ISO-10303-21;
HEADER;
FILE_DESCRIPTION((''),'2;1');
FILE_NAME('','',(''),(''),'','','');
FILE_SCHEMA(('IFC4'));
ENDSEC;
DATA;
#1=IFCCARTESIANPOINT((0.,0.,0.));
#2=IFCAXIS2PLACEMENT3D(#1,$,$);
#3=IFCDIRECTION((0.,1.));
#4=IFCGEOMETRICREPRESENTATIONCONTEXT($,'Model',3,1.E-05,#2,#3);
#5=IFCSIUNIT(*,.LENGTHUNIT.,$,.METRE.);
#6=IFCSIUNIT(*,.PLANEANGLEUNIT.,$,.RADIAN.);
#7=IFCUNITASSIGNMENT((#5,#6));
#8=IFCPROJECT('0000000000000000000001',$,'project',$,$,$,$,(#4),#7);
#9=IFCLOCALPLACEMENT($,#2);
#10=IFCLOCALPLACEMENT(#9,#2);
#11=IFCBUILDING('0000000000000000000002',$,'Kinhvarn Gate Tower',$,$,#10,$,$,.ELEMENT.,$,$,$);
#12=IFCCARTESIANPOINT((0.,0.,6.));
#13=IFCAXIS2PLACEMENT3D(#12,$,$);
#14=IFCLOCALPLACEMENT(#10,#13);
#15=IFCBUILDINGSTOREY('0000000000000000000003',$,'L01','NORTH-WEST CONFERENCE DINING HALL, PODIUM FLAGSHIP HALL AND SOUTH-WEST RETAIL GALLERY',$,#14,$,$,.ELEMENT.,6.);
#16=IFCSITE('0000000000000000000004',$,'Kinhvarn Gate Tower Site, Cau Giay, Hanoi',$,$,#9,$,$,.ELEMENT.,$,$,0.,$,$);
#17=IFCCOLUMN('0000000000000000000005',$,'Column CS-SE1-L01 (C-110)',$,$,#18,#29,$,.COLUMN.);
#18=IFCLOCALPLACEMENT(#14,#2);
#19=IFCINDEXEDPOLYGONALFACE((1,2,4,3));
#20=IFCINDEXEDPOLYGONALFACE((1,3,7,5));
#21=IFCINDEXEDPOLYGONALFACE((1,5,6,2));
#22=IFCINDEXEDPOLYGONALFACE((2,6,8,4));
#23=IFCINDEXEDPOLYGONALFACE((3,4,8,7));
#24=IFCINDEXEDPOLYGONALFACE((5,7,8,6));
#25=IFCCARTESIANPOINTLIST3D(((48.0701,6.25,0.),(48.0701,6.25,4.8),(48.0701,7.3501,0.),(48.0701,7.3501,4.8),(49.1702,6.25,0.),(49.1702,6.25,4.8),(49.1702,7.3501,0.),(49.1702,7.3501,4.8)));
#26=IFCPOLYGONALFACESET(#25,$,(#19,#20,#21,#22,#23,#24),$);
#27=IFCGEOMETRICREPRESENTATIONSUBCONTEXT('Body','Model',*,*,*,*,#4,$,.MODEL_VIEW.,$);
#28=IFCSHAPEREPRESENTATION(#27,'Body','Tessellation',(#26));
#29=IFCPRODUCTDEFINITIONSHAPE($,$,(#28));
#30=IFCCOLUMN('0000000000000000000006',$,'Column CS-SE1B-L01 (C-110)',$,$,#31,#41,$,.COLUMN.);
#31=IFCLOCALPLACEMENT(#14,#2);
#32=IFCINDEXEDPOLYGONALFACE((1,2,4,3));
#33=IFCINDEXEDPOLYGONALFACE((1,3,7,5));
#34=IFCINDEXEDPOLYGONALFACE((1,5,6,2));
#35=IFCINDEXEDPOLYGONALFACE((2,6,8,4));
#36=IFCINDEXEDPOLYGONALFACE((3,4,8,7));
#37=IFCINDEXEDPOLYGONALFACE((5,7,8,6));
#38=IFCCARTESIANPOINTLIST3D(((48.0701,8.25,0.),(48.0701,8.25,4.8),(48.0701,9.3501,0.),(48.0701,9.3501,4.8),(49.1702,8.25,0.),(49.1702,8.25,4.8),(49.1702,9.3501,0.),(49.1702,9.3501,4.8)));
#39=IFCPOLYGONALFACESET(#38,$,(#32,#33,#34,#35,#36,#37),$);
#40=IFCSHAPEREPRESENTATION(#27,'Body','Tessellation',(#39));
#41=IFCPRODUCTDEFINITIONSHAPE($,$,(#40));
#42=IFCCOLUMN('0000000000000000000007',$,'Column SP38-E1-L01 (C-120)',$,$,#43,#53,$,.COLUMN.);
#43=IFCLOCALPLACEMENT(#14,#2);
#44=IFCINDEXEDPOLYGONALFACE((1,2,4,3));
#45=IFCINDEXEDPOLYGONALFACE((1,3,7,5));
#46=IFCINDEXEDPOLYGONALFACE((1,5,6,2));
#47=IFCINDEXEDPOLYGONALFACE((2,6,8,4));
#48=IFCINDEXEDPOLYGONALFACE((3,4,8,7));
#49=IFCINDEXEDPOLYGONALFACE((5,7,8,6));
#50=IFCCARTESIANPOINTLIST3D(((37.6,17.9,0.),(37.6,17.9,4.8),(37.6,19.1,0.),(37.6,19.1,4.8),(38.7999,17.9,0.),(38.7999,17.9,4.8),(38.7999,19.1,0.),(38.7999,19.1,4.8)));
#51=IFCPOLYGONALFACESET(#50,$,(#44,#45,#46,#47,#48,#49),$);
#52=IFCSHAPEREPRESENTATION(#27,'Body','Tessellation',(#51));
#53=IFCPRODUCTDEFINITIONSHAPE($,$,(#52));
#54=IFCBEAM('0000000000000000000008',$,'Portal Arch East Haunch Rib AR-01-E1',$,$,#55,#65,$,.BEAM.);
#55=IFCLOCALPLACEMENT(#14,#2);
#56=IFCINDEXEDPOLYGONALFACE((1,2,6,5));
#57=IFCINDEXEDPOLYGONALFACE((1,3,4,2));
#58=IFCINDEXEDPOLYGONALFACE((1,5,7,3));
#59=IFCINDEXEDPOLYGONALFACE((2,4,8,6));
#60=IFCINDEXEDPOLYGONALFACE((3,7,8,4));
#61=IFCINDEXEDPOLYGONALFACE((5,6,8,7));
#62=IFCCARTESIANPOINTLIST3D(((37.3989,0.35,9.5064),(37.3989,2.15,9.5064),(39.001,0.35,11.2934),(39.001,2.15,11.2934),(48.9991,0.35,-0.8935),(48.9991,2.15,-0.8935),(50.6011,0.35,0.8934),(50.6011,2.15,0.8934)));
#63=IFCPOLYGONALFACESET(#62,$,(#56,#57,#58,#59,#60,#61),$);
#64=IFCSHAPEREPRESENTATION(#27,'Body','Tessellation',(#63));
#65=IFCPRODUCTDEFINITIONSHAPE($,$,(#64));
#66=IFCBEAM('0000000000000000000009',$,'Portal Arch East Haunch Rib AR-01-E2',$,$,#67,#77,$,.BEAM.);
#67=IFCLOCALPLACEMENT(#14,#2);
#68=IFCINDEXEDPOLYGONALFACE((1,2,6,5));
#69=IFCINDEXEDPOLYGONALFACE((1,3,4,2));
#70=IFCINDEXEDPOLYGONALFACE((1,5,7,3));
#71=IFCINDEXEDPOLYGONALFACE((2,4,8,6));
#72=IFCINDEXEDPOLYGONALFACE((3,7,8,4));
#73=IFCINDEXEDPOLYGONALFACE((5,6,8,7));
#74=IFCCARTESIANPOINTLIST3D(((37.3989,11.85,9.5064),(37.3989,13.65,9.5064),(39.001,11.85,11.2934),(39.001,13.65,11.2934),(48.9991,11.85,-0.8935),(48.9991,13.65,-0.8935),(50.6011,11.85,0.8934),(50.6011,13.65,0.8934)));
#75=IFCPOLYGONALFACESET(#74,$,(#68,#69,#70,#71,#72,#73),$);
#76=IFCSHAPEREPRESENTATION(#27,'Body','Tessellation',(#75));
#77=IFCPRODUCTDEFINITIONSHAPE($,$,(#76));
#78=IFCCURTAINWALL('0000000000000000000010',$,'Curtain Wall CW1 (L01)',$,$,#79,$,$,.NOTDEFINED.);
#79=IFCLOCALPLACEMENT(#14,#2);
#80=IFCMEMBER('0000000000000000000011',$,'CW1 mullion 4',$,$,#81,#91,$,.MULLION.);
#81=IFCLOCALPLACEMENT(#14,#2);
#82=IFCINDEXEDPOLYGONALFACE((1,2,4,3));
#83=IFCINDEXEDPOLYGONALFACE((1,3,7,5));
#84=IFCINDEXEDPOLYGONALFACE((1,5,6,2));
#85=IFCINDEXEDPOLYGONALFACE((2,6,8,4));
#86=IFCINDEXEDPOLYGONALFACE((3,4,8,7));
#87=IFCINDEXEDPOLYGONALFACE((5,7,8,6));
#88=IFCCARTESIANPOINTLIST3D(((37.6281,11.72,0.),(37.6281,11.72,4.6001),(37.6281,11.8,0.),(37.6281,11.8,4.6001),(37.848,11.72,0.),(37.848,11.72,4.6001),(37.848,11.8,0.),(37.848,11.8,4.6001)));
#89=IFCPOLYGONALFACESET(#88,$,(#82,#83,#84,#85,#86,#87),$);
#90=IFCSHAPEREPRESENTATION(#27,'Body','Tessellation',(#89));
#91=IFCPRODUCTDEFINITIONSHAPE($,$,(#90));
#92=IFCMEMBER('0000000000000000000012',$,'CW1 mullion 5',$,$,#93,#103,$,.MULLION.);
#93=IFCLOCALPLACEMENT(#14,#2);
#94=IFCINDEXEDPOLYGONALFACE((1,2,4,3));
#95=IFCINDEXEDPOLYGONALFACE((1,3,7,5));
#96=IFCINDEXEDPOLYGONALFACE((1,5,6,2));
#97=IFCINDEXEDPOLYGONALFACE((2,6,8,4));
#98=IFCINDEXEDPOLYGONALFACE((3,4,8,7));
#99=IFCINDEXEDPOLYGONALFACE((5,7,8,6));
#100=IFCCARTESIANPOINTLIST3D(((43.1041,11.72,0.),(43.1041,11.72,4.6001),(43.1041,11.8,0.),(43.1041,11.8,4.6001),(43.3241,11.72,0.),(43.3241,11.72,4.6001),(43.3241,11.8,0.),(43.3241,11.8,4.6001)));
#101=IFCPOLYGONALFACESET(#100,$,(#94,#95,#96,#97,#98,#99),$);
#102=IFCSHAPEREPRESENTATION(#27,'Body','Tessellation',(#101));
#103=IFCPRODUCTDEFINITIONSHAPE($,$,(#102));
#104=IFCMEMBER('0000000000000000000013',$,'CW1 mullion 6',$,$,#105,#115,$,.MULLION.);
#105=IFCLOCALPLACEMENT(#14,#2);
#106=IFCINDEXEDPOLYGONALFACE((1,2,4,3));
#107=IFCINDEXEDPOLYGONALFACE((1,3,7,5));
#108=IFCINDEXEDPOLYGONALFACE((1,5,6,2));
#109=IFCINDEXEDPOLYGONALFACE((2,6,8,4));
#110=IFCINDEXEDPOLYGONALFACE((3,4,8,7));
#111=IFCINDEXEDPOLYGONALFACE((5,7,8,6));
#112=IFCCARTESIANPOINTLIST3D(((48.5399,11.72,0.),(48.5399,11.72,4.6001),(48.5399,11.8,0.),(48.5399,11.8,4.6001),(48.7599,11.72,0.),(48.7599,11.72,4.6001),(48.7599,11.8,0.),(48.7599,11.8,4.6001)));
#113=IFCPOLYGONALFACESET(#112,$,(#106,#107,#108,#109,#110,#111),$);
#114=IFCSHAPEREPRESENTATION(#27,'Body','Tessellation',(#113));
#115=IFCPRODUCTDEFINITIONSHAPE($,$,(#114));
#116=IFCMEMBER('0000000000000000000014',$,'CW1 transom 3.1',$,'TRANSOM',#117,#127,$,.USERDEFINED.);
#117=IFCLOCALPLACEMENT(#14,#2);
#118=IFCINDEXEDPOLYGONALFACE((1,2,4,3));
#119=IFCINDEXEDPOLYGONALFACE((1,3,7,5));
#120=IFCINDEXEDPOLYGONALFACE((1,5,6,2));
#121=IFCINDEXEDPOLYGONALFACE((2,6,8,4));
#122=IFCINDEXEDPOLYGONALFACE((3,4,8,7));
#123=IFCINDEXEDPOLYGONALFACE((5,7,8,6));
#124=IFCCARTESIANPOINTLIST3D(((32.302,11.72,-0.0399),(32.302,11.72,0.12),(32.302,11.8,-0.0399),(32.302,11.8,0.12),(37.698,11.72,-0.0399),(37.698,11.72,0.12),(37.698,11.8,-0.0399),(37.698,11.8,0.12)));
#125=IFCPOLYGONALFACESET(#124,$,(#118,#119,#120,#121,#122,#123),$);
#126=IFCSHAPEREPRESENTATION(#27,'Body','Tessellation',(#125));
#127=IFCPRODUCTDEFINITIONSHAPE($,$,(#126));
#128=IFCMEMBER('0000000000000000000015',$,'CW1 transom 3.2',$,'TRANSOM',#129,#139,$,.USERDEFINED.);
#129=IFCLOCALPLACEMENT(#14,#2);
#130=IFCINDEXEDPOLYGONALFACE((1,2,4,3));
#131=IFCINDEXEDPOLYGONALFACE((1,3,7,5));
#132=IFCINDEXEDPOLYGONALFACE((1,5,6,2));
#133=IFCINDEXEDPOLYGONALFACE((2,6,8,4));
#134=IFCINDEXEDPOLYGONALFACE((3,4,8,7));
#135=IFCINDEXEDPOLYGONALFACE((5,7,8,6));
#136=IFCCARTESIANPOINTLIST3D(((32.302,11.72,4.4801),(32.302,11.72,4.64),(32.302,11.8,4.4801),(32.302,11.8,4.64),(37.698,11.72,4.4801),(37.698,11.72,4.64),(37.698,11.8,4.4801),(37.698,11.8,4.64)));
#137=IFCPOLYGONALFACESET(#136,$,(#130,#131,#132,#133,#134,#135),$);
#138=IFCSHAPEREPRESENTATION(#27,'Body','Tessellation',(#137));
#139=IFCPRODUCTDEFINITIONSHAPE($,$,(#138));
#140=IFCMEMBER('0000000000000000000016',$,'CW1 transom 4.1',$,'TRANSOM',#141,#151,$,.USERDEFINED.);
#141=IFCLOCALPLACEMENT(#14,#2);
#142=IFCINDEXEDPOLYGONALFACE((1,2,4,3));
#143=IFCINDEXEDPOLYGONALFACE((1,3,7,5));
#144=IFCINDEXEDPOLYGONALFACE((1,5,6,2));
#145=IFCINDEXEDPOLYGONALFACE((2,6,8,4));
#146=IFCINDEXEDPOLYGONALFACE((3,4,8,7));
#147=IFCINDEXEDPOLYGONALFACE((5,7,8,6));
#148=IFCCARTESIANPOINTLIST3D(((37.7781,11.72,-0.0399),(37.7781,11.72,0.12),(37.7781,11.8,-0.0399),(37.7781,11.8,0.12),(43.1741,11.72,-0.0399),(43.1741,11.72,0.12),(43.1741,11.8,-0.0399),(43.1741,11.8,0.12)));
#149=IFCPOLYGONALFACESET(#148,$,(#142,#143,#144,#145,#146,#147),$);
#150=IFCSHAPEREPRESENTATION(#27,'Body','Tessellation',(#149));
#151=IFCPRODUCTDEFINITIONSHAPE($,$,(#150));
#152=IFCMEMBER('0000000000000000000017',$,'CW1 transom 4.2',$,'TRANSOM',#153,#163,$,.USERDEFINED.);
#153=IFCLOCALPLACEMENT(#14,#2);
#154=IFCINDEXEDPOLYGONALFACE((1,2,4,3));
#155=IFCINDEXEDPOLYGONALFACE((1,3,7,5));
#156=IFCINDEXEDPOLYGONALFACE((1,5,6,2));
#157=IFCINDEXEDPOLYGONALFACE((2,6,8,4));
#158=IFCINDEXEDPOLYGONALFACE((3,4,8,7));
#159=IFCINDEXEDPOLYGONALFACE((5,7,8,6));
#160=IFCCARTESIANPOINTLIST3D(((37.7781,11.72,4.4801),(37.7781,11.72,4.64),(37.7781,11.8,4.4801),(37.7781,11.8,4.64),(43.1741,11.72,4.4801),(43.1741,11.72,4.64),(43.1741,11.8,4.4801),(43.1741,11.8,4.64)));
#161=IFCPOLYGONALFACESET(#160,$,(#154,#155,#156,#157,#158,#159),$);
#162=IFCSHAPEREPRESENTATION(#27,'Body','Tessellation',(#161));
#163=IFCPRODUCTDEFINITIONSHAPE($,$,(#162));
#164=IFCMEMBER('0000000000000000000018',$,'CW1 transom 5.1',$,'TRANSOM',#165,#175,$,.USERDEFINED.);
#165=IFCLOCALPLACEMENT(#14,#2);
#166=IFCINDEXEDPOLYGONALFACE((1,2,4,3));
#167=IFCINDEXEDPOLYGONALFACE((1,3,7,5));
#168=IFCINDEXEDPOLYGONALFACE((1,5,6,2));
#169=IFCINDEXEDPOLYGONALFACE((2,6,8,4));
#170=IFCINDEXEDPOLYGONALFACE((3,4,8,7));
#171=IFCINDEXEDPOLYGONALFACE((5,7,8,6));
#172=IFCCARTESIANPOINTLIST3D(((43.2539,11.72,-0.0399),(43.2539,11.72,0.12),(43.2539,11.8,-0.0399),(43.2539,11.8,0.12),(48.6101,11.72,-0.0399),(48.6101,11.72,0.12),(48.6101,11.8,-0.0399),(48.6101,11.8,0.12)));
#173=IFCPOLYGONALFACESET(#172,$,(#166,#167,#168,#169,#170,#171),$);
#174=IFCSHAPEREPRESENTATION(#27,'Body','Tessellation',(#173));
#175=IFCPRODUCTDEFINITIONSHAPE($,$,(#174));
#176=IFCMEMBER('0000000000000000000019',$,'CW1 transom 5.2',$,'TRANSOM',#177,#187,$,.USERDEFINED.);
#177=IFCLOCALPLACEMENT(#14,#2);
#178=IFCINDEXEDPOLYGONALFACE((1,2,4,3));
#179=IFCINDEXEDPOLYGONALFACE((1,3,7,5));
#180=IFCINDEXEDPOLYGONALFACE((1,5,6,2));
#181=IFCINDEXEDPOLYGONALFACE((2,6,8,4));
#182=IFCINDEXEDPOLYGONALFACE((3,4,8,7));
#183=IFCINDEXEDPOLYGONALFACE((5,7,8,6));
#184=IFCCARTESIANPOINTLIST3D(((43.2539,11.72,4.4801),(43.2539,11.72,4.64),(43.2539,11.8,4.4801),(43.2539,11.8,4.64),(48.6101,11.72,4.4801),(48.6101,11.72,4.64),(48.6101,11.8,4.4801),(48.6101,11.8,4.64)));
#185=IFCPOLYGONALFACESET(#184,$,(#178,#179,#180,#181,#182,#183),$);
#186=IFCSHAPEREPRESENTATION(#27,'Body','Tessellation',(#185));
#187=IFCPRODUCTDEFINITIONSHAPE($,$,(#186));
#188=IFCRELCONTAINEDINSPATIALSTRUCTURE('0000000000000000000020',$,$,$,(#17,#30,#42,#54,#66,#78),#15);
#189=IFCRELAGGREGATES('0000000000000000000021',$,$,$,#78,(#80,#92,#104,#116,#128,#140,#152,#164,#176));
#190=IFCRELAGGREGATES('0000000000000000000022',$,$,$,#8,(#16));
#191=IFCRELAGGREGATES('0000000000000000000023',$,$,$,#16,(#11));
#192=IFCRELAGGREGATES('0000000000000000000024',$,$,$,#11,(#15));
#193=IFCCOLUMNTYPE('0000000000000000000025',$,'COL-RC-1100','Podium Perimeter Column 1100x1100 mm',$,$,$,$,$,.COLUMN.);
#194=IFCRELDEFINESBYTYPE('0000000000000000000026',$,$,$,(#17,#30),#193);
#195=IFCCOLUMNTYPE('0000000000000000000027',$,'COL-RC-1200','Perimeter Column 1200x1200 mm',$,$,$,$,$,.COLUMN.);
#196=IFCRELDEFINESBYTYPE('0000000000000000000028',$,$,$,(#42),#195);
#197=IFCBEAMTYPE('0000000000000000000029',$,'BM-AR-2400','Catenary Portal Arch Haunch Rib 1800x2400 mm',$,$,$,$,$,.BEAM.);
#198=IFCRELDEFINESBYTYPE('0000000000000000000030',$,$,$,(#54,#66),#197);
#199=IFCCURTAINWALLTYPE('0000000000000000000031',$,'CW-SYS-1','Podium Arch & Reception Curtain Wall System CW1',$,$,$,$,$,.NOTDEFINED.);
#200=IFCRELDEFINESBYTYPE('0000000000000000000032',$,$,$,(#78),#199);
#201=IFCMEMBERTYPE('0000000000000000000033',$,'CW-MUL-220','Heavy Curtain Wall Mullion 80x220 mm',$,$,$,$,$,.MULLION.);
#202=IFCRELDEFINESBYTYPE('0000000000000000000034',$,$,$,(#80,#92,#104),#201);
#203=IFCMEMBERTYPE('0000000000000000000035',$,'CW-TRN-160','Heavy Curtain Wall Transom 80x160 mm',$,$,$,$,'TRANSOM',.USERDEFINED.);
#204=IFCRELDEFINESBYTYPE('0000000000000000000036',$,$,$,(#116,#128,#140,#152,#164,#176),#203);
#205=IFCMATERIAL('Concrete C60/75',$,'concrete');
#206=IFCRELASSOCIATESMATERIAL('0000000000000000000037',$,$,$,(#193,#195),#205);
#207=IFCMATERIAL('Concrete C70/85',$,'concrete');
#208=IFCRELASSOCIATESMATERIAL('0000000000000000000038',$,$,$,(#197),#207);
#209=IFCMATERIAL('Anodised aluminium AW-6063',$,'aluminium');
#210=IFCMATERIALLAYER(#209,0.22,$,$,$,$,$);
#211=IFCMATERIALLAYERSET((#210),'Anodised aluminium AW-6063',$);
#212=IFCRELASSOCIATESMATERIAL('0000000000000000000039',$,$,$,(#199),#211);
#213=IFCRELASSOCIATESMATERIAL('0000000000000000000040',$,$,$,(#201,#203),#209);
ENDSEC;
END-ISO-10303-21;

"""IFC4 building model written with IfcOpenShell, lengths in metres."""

from ifc_helpers import new_model, si_unit, direction, frame, origin, origin_2d, place, context, subcontext, project, spatial, rectangle, extrude, material, layer, layer_set, material_profile, profile_set, type_object, element, aggregate, save


model = new_model("IFC4")

# Units and contexts
model_context = context("Model", 3, precision=1e-05, world=origin(), true_north=direction((0.0, 1.0)))
body_context = subcontext(model_context, "Body", "Model", "MODEL_VIEW")
ifc_project = project(units=[si_unit("LENGTHUNIT", "METRE"), si_unit("PLANEANGLEUNIT", "RADIAN")], contexts=[model_context])

# Site, building, storey
site_placement = place(None, origin())
site = spatial("IfcSite", under=ifc_project, at=site_placement, Name="Kinhvarn Gate Tower Site, Cau Giay, Hanoi", CompositionType="ELEMENT", RefElevation=0.0)
building_placement = place(site_placement, origin())
building = spatial("IfcBuilding", under=site, at=building_placement, Name="Kinhvarn Gate Tower", CompositionType="ELEMENT")
storey_placement = place(building_placement, frame((0.0, 0.0, 6.0)))
storey = spatial("IfcBuildingStorey", under=building, at=storey_placement, Name="L01", Description="NORTH-WEST CONFERENCE DINING HALL, PODIUM FLAGSHIP HALL AND SOUTH-WEST RETAIL GALLERY", CompositionType="ELEMENT", Elevation=6.0)

# Columns
ifc_material_1 = material(Name="Concrete C60/75", Category="concrete")
ifc_material_profile_1 = material_profile(ifc_material_1, rectangle(XDim=1.1001, YDim=1.1001, at=origin_2d()), Name="RC 1100x1100")
ifc_profile_set_1 = profile_set([ifc_material_profile_1], Name="Concrete C60/75")
column_type_1 = type_object("IfcColumnType", Name="COL-RC-1100", Description="Podium Perimeter Column 1100x1100 mm", PredefinedType="COLUMN", material=ifc_profile_set_1)
for number, where, z_axis, x_axis, name in (
    (1, (48.6201, 6.8, 0.0), (0.0, 0.0, 1.0), (1.0, 0.0, 0.0), "Column CS-SE1-L01 (C-110)"),
    (2, (48.6201, 8.8, 0.0), (0.0, 0.0, 1.0), (1.0, 0.0, 0.0), "Column CS-SE1B-L01 (C-110)"),
):
    element("IfcColumn", number, at=place(storey_placement, frame(where, z_axis=z_axis, x_axis=x_axis)), inside=storey, type_object=column_type_1, Name=name, PredefinedType="COLUMN", context=body_context, shape_type="SweptSolid", body=[
        extrude(rectangle(XDim=1.1001, YDim=1.1001, at=origin_2d()), origin(), (0.0, 0.0, 1.0), 4.8),
    ])
ifc_material_profile_2 = material_profile(ifc_material_1, rectangle(XDim=1.2, YDim=1.2, at=origin_2d()), Name="RC 1200x1200")
ifc_profile_set_2 = profile_set([ifc_material_profile_2], Name="Concrete C60/75")
column_type_2 = type_object("IfcColumnType", Name="COL-RC-1200", Description="Perimeter Column 1200x1200 mm", PredefinedType="COLUMN", material=ifc_profile_set_2)
column_placement = place(storey_placement, frame((38.2, 18.5, 0.0), z_axis=(0.0, 0.0, 1.0), x_axis=(1.0, 0.0, 0.0)))
element("IfcColumn", 3, at=column_placement, inside=storey, type_object=column_type_2, Name="Column SP38-E1-L01 (C-120)", PredefinedType="COLUMN", context=body_context, shape_type="SweptSolid", body=[
    extrude(rectangle(XDim=1.2, YDim=1.2, at=origin_2d()), origin(), (0.0, 0.0, 1.0), 4.8),
])

# Beams
ifc_material_2 = material(Name="Concrete C70/85", Category="concrete")
ifc_material_profile_3 = material_profile(ifc_material_2, rectangle(XDim=1.8, YDim=2.3999, at=origin_2d()), Name="RC 1800x2400")
ifc_profile_set_3 = profile_set([ifc_material_profile_3], Name="Concrete C70/85")
beam_type_1 = type_object("IfcBeamType", Name="BM-AR-2400", Description="Catenary Portal Arch Haunch Rib 1800x2400 mm", PredefinedType="BEAM", material=ifc_profile_set_3)
for number, where, z_axis, x_axis, name in (
    (4, (38.2, 1.25, 10.3999), (0.744575, 0.0, -0.667538), (0.0, 1.0, 0.0), "Portal Arch East Haunch Rib AR-01-E1"),
    (5, (38.2, 12.75, 10.3999), (0.744575, 0.0, -0.667538), (0.0, 1.0, 0.0), "Portal Arch East Haunch Rib AR-01-E2"),
):
    element("IfcBeam", number, at=place(storey_placement, frame(where, z_axis=z_axis, x_axis=x_axis)), inside=storey, type_object=beam_type_1, Name=name, PredefinedType="BEAM", context=body_context, shape_type="SweptSolid", body=[
        extrude(rectangle(XDim=1.8, YDim=2.3999, at=origin_2d()), origin(), (0.0, 0.0, 1.0), 15.5796),
    ])

# Curtain wall, members
ifc_material_3 = material(Name="Anodised aluminium AW-6063", Category="aluminium")
ifc_layer_1 = layer(ifc_material_3, 0.22)
ifc_layer_set_1 = layer_set([ifc_layer_1], Name="Anodised aluminium AW-6063")
curtain_wall_type = type_object("IfcCurtainWallType", Name="CW-SYS-1", Description="Podium Arch & Reception Curtain Wall System CW1", PredefinedType="NOTDEFINED", material=ifc_layer_set_1)
curtain_wall_placement = place(storey_placement, origin())
curtain_wall = element("IfcCurtainWall", 6, at=curtain_wall_placement, inside=storey, type_object=curtain_wall_type, Name="Curtain Wall CW1 (L01)", PredefinedType="NOTDEFINED")
ifc_material_profile_4 = material_profile(ifc_material_3, rectangle(XDim=0.0801, YDim=0.22, at=origin_2d()), Name="ALU 80x220")
ifc_profile_set_4 = profile_set([ifc_material_profile_4], Name="Anodised aluminium AW-6063")
member_type_1 = type_object("IfcMemberType", Name="CW-MUL-220", Description="Heavy Curtain Wall Mullion 80x220 mm", PredefinedType="MULLION", material=ifc_profile_set_4)
member_1_placement = place(storey_placement, frame((37.738, 11.76, 0.0), z_axis=(0.0, 0.0, 1.0), x_axis=(0.0, 1.0, 0.0)))
member_1 = element("IfcMember", 7, at=member_1_placement, type_object=member_type_1, Name="CW1 mullion 4", PredefinedType="MULLION", context=body_context, shape_type="SweptSolid", body=[
    extrude(rectangle(XDim=0.0801, YDim=0.22, at=origin_2d()), origin(), (0.0, 0.0, 1.0), 4.6001),
])
member_2_placement = place(storey_placement, frame((43.2141, 11.76, 0.0), z_axis=(0.0, 0.0, 1.0), x_axis=(0.0, 1.0, 0.0)))
member_2 = element("IfcMember", 8, at=member_2_placement, type_object=member_type_1, Name="CW1 mullion 5", PredefinedType="MULLION", context=body_context, shape_type="SweptSolid", body=[
    extrude(rectangle(XDim=0.0801, YDim=0.22, at=origin_2d()), origin(), (0.0, 0.0, 1.0), 4.6001),
])
member_3_placement = place(storey_placement, frame((48.6499, 11.76, 0.0), z_axis=(0.0, 0.0, 1.0), x_axis=(0.0, 1.0, 0.0)))
member_3 = element("IfcMember", 9, at=member_3_placement, type_object=member_type_1, Name="CW1 mullion 6", PredefinedType="MULLION", context=body_context, shape_type="SweptSolid", body=[
    extrude(rectangle(XDim=0.0801, YDim=0.22, at=origin_2d()), origin(), (0.0, 0.0, 1.0), 4.6001),
])
ifc_material_profile_5 = material_profile(ifc_material_3, rectangle(XDim=0.0801, YDim=0.1599, at=origin_2d()), Name="ALU 80x160")
ifc_profile_set_5 = profile_set([ifc_material_profile_5], Name="Anodised aluminium AW-6063")
member_type_2 = type_object("IfcMemberType", Name="CW-TRN-160", Description="Heavy Curtain Wall Transom 80x160 mm", ElementType="TRANSOM", PredefinedType="USERDEFINED", material=ifc_profile_set_5)
member_4_placement = place(storey_placement, frame((32.302, 11.76, 0.04), z_axis=(1.0, 0.0, 0.0), x_axis=(0.0, 1.0, 0.0)))
member_4 = element("IfcMember", 10, at=member_4_placement, type_object=member_type_2, Name="CW1 transom 3.1", ObjectType="TRANSOM", PredefinedType="USERDEFINED", context=body_context, shape_type="SweptSolid", body=[
    extrude(rectangle(XDim=0.0801, YDim=0.1599, at=origin_2d()), origin(), (0.0, 0.0, 1.0), 5.396),
])
member_5_placement = place(storey_placement, frame((32.302, 11.76, 4.5601), z_axis=(1.0, 0.0, 0.0), x_axis=(0.0, 1.0, 0.0)))
member_5 = element("IfcMember", 11, at=member_5_placement, type_object=member_type_2, Name="CW1 transom 3.2", ObjectType="TRANSOM", PredefinedType="USERDEFINED", context=body_context, shape_type="SweptSolid", body=[
    extrude(rectangle(XDim=0.0801, YDim=0.1599, at=origin_2d()), origin(), (0.0, 0.0, 1.0), 5.396),
])
member_6_placement = place(storey_placement, frame((37.7781, 11.76, 0.04), z_axis=(1.0, 0.0, 0.0), x_axis=(0.0, 1.0, 0.0)))
member_6 = element("IfcMember", 12, at=member_6_placement, type_object=member_type_2, Name="CW1 transom 4.1", ObjectType="TRANSOM", PredefinedType="USERDEFINED", context=body_context, shape_type="SweptSolid", body=[
    extrude(rectangle(XDim=0.0801, YDim=0.1599, at=origin_2d()), origin(), (0.0, 0.0, 1.0), 5.396),
])
member_7_placement = place(storey_placement, frame((37.7781, 11.76, 4.5601), z_axis=(1.0, 0.0, 0.0), x_axis=(0.0, 1.0, 0.0)))
member_7 = element("IfcMember", 13, at=member_7_placement, type_object=member_type_2, Name="CW1 transom 4.2", ObjectType="TRANSOM", PredefinedType="USERDEFINED", context=body_context, shape_type="SweptSolid", body=[
    extrude(rectangle(XDim=0.0801, YDim=0.1599, at=origin_2d()), origin(), (0.0, 0.0, 1.0), 5.396),
])
member_8_placement = place(storey_placement, frame((43.2539, 11.76, 0.04), z_axis=(1.0, 0.0, 0.0), x_axis=(0.0, 1.0, 0.0)))
member_8 = element("IfcMember", 14, at=member_8_placement, type_object=member_type_2, Name="CW1 transom 5.1", ObjectType="TRANSOM", PredefinedType="USERDEFINED", context=body_context, shape_type="SweptSolid", body=[
    extrude(rectangle(XDim=0.0801, YDim=0.1599, at=origin_2d()), origin(), (0.0, 0.0, 1.0), 5.3562),
])
member_9_placement = place(storey_placement, frame((43.2539, 11.76, 4.5601), z_axis=(1.0, 0.0, 0.0), x_axis=(0.0, 1.0, 0.0)))
member_9 = element("IfcMember", 15, at=member_9_placement, type_object=member_type_2, Name="CW1 transom 5.2", ObjectType="TRANSOM", PredefinedType="USERDEFINED", context=body_context, shape_type="SweptSolid", body=[
    extrude(rectangle(XDim=0.0801, YDim=0.1599, at=origin_2d()), origin(), (0.0, 0.0, 1.0), 5.3562),
])

aggregate(curtain_wall, [member_1, member_2, member_3, member_4, member_5, member_6, member_7, member_8, member_9])

save(model, "model.ifc")
